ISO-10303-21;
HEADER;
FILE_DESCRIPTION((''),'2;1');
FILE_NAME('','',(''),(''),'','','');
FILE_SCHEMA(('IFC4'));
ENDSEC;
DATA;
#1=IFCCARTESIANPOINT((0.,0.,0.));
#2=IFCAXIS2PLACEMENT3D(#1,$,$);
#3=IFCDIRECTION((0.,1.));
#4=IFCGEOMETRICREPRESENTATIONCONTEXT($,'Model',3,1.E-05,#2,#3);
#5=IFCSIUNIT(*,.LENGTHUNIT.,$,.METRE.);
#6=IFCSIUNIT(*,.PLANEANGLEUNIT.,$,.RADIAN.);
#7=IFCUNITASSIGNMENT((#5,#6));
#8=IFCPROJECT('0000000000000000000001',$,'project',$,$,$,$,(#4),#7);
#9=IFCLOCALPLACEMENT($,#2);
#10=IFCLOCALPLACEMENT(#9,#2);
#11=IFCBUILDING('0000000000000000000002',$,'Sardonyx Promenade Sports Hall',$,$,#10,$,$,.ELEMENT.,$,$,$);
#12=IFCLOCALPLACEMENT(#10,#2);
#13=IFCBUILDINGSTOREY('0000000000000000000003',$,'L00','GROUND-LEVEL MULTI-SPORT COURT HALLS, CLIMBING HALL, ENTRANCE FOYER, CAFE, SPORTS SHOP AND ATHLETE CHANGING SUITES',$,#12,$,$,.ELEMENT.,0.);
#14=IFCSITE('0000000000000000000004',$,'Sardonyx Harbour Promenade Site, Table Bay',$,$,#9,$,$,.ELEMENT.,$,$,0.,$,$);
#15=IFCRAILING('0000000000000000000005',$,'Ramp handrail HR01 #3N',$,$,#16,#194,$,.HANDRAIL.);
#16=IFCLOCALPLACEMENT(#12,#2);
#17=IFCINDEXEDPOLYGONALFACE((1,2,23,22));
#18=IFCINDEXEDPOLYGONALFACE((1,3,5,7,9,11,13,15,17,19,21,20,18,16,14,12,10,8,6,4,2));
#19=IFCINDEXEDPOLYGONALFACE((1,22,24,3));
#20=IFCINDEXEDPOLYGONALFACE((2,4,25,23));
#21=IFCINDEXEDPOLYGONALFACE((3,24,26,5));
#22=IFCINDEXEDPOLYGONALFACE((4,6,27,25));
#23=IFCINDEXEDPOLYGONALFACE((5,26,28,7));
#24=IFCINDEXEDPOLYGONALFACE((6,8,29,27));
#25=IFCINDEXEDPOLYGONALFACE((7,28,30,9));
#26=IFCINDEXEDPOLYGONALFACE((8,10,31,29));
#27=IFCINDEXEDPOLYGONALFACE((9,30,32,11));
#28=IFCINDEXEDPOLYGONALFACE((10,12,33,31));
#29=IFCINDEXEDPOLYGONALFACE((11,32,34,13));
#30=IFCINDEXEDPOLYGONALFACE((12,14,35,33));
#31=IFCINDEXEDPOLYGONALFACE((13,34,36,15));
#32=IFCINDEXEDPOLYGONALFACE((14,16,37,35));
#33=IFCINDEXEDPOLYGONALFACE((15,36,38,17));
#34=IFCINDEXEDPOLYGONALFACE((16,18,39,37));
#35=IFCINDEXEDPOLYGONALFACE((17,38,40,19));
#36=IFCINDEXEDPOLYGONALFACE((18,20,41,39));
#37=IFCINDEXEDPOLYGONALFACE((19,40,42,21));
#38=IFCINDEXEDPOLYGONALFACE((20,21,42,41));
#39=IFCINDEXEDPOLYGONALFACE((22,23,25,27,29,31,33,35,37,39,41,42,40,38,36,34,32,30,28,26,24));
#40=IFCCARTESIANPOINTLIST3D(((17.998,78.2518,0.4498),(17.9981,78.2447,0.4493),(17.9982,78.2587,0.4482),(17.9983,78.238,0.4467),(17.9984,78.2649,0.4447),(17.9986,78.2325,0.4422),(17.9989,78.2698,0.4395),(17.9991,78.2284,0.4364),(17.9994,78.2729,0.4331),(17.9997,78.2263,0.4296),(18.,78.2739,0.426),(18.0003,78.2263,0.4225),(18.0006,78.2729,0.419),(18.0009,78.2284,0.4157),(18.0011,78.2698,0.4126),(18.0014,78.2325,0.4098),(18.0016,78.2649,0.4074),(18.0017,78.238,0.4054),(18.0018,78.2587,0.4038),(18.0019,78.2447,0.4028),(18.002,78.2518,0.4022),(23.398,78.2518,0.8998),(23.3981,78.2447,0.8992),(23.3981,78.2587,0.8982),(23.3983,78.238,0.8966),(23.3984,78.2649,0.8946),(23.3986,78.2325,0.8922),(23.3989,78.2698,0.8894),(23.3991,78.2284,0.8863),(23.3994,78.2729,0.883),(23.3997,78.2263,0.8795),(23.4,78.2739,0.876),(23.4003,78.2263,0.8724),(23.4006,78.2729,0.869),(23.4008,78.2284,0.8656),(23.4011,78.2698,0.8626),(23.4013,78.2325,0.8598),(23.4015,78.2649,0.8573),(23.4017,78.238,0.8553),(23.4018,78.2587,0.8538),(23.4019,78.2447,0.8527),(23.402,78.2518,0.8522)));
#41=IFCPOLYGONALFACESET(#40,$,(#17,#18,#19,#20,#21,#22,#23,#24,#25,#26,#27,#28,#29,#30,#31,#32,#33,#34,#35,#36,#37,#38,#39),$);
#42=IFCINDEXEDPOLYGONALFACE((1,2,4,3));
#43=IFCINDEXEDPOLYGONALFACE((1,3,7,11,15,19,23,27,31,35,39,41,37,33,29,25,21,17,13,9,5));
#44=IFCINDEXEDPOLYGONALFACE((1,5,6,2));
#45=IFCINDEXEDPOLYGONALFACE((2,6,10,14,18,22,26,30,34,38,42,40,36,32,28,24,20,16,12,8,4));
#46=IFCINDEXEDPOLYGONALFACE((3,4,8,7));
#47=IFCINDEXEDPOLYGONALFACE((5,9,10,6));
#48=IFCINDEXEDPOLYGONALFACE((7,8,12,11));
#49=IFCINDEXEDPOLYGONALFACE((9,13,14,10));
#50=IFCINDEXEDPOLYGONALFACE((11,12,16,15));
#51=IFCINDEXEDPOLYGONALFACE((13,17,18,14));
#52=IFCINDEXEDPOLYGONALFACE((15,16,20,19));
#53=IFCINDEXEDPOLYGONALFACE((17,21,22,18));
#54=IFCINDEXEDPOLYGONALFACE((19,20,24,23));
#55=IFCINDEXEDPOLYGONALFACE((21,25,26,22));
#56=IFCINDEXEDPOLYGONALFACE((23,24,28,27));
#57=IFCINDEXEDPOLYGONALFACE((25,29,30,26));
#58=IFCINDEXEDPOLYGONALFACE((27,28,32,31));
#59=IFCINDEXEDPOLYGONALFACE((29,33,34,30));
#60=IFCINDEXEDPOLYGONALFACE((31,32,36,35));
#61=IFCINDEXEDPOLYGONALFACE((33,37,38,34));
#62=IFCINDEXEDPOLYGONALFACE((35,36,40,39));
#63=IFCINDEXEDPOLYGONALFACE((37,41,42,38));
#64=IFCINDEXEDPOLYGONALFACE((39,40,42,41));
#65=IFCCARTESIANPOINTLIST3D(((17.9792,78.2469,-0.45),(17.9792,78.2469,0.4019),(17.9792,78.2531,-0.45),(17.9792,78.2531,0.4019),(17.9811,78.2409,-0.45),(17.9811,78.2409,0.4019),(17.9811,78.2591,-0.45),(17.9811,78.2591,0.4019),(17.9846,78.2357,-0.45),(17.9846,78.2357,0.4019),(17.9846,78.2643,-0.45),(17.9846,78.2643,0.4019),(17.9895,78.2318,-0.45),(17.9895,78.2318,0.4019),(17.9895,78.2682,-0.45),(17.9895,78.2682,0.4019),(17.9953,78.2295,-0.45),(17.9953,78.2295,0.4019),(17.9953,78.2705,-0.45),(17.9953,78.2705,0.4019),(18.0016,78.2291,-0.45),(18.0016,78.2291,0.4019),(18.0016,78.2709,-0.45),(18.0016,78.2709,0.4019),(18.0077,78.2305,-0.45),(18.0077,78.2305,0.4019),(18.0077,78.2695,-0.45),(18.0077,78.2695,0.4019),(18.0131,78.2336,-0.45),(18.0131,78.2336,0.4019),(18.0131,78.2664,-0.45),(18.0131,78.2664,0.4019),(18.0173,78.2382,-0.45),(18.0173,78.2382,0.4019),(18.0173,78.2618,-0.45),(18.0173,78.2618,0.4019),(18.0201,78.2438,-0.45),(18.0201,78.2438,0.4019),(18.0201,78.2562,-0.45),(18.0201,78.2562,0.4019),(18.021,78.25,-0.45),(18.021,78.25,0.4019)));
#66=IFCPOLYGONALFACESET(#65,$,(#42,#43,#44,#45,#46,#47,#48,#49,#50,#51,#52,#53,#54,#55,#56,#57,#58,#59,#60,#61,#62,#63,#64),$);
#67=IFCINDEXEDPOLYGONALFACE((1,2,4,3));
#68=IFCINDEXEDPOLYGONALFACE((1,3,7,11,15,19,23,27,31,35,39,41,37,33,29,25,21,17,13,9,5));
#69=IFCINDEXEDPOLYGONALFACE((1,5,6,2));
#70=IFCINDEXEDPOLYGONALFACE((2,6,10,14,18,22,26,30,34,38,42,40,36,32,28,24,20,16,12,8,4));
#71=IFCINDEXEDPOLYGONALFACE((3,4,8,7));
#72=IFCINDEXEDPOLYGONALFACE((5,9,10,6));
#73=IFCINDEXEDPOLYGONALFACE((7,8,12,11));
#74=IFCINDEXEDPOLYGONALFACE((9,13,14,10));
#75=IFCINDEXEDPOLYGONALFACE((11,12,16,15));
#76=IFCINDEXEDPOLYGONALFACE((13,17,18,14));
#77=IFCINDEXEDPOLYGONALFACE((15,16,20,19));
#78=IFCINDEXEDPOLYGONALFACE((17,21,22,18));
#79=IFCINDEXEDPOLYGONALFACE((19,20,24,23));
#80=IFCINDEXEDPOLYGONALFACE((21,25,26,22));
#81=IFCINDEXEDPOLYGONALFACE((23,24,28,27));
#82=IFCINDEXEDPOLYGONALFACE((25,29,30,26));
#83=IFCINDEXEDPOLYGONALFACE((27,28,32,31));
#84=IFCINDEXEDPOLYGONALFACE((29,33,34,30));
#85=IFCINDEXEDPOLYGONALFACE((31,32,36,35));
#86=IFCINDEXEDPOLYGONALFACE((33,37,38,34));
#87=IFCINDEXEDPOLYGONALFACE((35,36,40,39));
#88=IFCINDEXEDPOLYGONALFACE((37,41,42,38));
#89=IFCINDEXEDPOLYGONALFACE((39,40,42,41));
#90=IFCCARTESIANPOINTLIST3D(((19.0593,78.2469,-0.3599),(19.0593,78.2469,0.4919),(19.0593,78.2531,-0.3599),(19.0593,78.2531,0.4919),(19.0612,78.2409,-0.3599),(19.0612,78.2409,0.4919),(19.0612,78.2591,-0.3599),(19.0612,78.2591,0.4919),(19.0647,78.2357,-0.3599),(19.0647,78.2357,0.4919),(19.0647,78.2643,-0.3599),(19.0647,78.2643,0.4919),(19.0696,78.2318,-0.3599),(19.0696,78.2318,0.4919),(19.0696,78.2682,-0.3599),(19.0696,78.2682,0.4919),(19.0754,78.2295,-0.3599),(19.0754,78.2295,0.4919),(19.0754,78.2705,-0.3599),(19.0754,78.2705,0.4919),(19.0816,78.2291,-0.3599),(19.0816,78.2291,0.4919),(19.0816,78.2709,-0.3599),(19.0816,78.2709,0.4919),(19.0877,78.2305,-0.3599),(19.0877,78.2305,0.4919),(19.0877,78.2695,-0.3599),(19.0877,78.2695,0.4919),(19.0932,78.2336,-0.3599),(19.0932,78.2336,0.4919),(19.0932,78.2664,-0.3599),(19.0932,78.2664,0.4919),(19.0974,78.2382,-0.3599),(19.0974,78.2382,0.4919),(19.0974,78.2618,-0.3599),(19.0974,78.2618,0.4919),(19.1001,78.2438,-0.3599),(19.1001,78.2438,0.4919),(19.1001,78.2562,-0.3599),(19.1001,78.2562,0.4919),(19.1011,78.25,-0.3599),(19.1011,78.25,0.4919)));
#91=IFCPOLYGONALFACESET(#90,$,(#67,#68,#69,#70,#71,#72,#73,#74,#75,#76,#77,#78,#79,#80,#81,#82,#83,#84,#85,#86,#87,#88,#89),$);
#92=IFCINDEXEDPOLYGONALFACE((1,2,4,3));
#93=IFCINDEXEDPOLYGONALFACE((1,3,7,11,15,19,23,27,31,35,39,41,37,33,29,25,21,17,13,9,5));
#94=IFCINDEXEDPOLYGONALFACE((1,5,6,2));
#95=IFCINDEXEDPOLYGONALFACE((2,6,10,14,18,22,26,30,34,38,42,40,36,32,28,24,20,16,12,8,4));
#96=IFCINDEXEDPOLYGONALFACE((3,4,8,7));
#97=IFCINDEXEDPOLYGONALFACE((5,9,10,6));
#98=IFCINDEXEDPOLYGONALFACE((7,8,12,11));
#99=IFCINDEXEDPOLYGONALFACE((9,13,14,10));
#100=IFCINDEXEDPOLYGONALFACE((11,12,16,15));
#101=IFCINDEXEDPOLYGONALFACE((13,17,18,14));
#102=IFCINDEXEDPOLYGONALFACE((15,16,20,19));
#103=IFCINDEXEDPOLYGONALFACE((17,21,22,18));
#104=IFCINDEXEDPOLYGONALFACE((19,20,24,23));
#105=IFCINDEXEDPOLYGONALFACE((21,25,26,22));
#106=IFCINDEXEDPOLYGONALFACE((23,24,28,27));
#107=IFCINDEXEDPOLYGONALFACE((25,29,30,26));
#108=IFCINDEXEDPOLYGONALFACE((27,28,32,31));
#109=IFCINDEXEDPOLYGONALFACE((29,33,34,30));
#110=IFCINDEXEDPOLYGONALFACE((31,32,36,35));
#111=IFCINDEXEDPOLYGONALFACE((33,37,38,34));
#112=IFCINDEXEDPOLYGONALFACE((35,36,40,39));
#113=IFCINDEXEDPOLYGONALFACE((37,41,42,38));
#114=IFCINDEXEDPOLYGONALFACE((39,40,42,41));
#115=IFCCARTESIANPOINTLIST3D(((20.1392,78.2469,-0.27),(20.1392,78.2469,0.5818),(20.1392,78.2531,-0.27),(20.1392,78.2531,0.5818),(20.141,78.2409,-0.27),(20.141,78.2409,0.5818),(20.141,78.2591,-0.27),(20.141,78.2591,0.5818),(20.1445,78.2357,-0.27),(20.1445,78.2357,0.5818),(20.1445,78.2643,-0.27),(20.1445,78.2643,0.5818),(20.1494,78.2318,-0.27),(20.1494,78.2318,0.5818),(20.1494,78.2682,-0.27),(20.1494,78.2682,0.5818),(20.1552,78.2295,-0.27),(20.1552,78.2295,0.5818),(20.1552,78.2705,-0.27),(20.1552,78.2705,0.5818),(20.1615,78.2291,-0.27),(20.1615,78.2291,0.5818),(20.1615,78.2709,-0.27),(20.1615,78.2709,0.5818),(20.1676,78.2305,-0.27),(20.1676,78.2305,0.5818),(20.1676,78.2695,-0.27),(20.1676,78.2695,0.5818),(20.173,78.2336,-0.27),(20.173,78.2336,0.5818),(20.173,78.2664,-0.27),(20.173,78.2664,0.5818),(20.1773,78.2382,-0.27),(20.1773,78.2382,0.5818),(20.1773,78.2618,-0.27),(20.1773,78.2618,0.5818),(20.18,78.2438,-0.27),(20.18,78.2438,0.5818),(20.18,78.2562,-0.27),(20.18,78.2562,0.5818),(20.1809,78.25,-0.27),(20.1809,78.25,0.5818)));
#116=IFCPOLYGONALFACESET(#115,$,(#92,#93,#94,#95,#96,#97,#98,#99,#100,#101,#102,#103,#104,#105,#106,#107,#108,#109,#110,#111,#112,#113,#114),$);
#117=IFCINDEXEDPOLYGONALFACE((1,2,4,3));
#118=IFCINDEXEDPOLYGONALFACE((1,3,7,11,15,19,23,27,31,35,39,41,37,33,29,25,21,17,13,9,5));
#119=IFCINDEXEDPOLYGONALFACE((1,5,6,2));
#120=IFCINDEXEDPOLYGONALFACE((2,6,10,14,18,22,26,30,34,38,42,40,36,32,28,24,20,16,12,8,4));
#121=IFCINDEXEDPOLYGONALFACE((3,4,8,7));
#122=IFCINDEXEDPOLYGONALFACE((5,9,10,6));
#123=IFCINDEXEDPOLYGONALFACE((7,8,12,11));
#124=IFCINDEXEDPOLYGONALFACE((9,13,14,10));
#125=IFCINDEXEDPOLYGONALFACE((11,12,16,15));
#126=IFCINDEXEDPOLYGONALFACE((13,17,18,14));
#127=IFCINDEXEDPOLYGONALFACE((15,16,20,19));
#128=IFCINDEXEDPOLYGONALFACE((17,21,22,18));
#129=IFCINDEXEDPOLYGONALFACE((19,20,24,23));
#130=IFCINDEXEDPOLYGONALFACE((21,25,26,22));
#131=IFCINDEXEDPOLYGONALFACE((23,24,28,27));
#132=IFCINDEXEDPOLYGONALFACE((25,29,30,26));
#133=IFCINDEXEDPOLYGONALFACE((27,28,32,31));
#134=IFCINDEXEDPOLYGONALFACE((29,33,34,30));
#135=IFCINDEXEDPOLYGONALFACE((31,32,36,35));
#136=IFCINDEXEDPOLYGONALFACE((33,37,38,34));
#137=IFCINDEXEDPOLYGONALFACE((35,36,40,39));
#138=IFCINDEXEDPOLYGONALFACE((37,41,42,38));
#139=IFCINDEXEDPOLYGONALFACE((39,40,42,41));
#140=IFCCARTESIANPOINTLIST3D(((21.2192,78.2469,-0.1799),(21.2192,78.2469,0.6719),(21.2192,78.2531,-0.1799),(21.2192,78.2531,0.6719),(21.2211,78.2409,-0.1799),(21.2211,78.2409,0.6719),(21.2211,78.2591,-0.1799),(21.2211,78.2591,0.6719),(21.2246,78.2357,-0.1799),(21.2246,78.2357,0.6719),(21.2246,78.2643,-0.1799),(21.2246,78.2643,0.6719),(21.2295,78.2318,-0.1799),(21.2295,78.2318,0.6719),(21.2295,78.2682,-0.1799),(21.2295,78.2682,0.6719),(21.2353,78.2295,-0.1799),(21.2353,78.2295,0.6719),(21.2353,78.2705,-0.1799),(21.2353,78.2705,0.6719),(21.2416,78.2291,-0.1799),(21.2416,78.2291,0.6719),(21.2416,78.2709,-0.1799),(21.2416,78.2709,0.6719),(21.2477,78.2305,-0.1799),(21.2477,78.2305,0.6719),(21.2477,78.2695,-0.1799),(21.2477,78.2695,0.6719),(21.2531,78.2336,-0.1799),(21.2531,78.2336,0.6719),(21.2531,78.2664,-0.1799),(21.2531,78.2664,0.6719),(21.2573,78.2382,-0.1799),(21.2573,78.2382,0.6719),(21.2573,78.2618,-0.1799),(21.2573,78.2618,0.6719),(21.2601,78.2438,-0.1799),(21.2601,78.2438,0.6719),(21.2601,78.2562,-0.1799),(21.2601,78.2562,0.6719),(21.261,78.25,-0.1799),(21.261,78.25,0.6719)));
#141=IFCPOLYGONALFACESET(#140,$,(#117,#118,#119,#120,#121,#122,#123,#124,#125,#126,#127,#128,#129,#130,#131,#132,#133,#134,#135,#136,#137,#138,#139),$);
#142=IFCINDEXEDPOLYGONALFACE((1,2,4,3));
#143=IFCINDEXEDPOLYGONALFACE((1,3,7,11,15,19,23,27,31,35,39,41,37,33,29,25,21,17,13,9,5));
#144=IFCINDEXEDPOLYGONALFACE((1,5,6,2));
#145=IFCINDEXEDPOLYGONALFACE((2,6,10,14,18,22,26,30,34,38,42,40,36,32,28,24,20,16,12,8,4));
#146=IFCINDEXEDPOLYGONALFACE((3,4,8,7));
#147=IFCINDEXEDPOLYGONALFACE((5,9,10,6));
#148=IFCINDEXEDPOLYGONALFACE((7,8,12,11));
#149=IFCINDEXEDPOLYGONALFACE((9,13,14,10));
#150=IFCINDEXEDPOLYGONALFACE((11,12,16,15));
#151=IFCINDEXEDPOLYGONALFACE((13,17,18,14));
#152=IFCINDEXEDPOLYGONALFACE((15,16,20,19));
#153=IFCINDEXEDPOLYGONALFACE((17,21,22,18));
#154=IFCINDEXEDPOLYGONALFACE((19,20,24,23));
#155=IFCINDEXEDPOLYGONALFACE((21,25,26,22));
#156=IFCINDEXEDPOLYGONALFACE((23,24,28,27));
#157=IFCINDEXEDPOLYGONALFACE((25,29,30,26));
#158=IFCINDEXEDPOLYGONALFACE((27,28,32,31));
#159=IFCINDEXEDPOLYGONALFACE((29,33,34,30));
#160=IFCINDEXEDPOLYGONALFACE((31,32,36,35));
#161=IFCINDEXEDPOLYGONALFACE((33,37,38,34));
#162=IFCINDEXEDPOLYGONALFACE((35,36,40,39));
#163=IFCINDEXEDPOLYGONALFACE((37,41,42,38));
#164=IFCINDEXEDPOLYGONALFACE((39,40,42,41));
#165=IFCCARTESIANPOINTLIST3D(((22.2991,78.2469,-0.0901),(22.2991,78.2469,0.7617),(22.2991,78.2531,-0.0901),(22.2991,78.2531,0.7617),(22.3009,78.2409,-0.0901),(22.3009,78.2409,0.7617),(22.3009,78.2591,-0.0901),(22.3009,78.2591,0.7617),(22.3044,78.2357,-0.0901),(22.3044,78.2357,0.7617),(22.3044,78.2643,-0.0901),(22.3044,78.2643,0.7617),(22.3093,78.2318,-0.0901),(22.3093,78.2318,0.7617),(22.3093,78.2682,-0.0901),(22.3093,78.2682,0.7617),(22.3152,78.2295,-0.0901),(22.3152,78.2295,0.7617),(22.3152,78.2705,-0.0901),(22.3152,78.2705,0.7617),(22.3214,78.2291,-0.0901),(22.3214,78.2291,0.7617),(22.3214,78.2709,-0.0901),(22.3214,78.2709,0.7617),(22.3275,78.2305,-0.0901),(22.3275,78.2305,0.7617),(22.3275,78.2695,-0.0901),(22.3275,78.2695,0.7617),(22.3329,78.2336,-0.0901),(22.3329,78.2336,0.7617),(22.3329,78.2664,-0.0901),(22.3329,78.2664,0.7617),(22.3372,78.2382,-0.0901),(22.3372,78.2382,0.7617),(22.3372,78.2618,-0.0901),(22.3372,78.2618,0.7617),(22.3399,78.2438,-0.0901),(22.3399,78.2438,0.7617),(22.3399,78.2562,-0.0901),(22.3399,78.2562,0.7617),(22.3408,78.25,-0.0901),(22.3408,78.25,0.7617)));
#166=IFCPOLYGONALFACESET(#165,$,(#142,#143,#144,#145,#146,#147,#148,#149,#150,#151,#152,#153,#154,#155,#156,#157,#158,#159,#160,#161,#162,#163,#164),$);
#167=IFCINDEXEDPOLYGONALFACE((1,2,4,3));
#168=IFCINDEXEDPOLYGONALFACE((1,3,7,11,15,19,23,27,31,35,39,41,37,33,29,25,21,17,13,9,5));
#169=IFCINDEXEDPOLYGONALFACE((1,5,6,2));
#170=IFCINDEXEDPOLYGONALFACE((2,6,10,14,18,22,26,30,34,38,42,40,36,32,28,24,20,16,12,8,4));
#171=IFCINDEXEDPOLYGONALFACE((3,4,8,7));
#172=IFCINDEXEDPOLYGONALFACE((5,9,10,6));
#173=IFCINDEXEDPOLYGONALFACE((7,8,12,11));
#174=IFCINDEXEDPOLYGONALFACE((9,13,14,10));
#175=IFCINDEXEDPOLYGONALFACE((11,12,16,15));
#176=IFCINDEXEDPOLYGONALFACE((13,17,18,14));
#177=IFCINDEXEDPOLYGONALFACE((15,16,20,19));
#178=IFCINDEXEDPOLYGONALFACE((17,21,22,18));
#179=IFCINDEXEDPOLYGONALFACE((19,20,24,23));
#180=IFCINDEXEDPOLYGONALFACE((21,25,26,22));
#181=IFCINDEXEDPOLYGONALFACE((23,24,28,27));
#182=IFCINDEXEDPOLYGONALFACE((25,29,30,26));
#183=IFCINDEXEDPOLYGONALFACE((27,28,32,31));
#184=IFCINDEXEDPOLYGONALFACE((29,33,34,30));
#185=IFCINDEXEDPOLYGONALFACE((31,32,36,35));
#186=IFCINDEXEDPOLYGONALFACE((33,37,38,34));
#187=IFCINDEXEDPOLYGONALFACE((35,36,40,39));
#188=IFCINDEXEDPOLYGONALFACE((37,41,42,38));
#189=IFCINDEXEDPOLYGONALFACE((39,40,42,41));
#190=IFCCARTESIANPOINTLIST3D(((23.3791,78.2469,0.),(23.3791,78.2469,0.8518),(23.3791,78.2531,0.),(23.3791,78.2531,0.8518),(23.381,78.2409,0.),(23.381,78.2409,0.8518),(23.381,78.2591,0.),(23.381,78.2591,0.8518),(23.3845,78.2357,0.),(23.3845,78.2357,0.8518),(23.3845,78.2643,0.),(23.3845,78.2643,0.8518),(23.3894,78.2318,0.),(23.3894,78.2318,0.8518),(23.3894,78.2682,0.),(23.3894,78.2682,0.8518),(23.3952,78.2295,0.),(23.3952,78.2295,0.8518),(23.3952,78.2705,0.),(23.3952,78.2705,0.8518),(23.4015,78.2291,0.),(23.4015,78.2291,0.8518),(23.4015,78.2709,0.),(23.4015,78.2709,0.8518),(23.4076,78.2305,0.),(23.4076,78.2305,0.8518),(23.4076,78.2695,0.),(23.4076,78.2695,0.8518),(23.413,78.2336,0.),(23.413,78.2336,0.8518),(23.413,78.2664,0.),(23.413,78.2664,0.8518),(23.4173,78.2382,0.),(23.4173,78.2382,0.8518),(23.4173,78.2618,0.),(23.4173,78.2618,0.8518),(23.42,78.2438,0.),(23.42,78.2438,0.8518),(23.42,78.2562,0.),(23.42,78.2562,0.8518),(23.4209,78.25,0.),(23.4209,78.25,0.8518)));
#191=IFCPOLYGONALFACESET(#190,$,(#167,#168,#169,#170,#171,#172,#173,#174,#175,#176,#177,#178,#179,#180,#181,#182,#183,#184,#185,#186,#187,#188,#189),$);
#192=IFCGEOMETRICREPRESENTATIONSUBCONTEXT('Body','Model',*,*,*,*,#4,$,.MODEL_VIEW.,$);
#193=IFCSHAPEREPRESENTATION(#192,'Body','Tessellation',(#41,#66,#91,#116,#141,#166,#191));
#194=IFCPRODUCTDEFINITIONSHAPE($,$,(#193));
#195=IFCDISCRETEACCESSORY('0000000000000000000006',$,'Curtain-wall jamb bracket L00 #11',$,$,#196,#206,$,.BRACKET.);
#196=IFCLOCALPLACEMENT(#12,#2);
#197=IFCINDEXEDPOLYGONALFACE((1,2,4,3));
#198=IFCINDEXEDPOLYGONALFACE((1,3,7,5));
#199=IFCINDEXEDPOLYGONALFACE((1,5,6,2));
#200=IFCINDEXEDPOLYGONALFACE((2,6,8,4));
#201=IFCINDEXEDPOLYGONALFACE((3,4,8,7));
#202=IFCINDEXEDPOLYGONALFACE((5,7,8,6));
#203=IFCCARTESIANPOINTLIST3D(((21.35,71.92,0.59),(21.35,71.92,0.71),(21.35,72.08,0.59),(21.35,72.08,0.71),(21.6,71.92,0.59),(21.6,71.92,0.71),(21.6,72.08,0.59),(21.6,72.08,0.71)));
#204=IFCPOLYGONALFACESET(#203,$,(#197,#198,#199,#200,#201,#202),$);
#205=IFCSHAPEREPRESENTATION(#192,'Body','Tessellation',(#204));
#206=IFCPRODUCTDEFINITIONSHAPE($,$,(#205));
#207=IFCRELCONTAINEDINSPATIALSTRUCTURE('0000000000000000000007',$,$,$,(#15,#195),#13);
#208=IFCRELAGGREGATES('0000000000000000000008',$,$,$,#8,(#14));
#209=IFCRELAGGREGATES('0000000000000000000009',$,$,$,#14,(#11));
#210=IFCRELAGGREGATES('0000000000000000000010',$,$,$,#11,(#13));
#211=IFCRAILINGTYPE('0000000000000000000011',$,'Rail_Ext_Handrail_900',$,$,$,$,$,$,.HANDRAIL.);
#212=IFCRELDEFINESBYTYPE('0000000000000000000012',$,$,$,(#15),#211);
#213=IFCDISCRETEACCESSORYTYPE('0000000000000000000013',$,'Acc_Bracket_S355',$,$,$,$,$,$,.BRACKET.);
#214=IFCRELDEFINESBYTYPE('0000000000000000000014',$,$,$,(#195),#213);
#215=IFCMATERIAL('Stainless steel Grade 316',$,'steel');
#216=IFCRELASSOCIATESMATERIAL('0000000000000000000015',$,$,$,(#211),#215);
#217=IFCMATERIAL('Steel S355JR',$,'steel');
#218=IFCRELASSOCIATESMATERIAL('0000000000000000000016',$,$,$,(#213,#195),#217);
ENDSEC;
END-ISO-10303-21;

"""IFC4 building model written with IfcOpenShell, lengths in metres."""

from ifc_helpers import new_model, si_unit, direction, frame, origin, origin_2d, place, context, subcontext, project, spatial, rectangle, circle, extrude, material, type_object, element, save


model = new_model("IFC4")

# Units and contexts
model_context = context("Model", 3, precision=1e-05, world=origin(), true_north=direction((0.0, 1.0)))
body_context = subcontext(model_context, "Body", "Model", "MODEL_VIEW")
ifc_project = project(units=[si_unit("LENGTHUNIT", "METRE"), si_unit("PLANEANGLEUNIT", "RADIAN")], contexts=[model_context])

# Site, building, storey
site_placement = place(None, origin())
site = spatial("IfcSite", under=ifc_project, at=site_placement, Name="Sardonyx Harbour Promenade Site, Table Bay", CompositionType="ELEMENT", RefElevation=0.0)
building_placement = place(site_placement, origin())
building = spatial("IfcBuilding", under=site, at=building_placement, Name="Sardonyx Promenade Sports Hall", CompositionType="ELEMENT")
storey_placement = place(building_placement, origin())
storey = spatial("IfcBuildingStorey", under=building, at=storey_placement, Name="L00", Description="GROUND-LEVEL MULTI-SPORT COURT HALLS, CLIMBING HALL, ENTRANCE FOYER, CAFE, SPORTS SHOP AND ATHLETE CHANGING SUITES", CompositionType="ELEMENT", Elevation=0.0)

# Railing
ifc_material_1 = material(Name="Stainless steel Grade 316", Category="steel")
railing_type = type_object("IfcRailingType", Name="Rail_Ext_Handrail_900", PredefinedType="HANDRAIL", material=ifc_material_1)
for number, where, name in (
    (1, (18.0, 78.25, -0.45), "Ramp handrail HR01 #3N"),
):
    element("IfcRailing", number, at=place(storey_placement, frame(where)), inside=storey, type_object=railing_type, Name=name, PredefinedType="HANDRAIL", context=body_context, shape_type="SweptSolid", body=[
        extrude(circle(Radius=0.0239, at=origin_2d()), frame((0.0, 0.0, 0.876), z_axis=(0.996546, 0.0, 0.083038), x_axis=(0.0, 1.0, 0.0)), (0.0, 0.0, 1.0), 5.4187),
        extrude(circle(Radius=0.021, at=origin_2d()), origin(), (0.0, 0.0, 1.0), 0.8518),
        extrude(circle(Radius=0.021, at=origin_2d()), frame((1.0801, 0.0, 0.0901)), (0.0, 0.0, 1.0), 0.8518),
        extrude(circle(Radius=0.021, at=origin_2d()), frame((2.1599, 0.0, 0.1799)), (0.0, 0.0, 1.0), 0.8518),
        extrude(circle(Radius=0.021, at=origin_2d()), frame((3.24, 0.0, 0.27)), (0.0, 0.0, 1.0), 0.8518),
        extrude(circle(Radius=0.021, at=origin_2d()), frame((4.3198, 0.0, 0.3599)), (0.0, 0.0, 1.0), 0.8518),
        extrude(circle(Radius=0.021, at=origin_2d()), frame((5.3999, 0.0, 0.45)), (0.0, 0.0, 1.0), 0.8518),
    ])

# Discrete accessory
ifc_material_2 = material(Name="Steel S355JR", Category="steel")
discrete_accessory_type = type_object("IfcDiscreteAccessoryType", Name="Acc_Bracket_S355", PredefinedType="BRACKET", material=ifc_material_2)
for number, where, z_axis, x_axis, name in (
    (2, (21.475, 72.0, 0.59), (0.0, 0.0, 1.0), (1.0, 0.0, 0.0), "Curtain-wall jamb bracket L00 #11"),
):
    element("IfcDiscreteAccessory", number, at=place(storey_placement, frame(where, z_axis=z_axis, x_axis=x_axis)), inside=storey, type_object=discrete_accessory_type, material=ifc_material_2, Name=name, PredefinedType="BRACKET", context=body_context, shape_type="SweptSolid", body=[
        extrude(rectangle(XDim=0.25, YDim=0.16), origin(), (0.0, 0.0, 1.0), 0.12),
    ])

save(model, "model.ifc")
